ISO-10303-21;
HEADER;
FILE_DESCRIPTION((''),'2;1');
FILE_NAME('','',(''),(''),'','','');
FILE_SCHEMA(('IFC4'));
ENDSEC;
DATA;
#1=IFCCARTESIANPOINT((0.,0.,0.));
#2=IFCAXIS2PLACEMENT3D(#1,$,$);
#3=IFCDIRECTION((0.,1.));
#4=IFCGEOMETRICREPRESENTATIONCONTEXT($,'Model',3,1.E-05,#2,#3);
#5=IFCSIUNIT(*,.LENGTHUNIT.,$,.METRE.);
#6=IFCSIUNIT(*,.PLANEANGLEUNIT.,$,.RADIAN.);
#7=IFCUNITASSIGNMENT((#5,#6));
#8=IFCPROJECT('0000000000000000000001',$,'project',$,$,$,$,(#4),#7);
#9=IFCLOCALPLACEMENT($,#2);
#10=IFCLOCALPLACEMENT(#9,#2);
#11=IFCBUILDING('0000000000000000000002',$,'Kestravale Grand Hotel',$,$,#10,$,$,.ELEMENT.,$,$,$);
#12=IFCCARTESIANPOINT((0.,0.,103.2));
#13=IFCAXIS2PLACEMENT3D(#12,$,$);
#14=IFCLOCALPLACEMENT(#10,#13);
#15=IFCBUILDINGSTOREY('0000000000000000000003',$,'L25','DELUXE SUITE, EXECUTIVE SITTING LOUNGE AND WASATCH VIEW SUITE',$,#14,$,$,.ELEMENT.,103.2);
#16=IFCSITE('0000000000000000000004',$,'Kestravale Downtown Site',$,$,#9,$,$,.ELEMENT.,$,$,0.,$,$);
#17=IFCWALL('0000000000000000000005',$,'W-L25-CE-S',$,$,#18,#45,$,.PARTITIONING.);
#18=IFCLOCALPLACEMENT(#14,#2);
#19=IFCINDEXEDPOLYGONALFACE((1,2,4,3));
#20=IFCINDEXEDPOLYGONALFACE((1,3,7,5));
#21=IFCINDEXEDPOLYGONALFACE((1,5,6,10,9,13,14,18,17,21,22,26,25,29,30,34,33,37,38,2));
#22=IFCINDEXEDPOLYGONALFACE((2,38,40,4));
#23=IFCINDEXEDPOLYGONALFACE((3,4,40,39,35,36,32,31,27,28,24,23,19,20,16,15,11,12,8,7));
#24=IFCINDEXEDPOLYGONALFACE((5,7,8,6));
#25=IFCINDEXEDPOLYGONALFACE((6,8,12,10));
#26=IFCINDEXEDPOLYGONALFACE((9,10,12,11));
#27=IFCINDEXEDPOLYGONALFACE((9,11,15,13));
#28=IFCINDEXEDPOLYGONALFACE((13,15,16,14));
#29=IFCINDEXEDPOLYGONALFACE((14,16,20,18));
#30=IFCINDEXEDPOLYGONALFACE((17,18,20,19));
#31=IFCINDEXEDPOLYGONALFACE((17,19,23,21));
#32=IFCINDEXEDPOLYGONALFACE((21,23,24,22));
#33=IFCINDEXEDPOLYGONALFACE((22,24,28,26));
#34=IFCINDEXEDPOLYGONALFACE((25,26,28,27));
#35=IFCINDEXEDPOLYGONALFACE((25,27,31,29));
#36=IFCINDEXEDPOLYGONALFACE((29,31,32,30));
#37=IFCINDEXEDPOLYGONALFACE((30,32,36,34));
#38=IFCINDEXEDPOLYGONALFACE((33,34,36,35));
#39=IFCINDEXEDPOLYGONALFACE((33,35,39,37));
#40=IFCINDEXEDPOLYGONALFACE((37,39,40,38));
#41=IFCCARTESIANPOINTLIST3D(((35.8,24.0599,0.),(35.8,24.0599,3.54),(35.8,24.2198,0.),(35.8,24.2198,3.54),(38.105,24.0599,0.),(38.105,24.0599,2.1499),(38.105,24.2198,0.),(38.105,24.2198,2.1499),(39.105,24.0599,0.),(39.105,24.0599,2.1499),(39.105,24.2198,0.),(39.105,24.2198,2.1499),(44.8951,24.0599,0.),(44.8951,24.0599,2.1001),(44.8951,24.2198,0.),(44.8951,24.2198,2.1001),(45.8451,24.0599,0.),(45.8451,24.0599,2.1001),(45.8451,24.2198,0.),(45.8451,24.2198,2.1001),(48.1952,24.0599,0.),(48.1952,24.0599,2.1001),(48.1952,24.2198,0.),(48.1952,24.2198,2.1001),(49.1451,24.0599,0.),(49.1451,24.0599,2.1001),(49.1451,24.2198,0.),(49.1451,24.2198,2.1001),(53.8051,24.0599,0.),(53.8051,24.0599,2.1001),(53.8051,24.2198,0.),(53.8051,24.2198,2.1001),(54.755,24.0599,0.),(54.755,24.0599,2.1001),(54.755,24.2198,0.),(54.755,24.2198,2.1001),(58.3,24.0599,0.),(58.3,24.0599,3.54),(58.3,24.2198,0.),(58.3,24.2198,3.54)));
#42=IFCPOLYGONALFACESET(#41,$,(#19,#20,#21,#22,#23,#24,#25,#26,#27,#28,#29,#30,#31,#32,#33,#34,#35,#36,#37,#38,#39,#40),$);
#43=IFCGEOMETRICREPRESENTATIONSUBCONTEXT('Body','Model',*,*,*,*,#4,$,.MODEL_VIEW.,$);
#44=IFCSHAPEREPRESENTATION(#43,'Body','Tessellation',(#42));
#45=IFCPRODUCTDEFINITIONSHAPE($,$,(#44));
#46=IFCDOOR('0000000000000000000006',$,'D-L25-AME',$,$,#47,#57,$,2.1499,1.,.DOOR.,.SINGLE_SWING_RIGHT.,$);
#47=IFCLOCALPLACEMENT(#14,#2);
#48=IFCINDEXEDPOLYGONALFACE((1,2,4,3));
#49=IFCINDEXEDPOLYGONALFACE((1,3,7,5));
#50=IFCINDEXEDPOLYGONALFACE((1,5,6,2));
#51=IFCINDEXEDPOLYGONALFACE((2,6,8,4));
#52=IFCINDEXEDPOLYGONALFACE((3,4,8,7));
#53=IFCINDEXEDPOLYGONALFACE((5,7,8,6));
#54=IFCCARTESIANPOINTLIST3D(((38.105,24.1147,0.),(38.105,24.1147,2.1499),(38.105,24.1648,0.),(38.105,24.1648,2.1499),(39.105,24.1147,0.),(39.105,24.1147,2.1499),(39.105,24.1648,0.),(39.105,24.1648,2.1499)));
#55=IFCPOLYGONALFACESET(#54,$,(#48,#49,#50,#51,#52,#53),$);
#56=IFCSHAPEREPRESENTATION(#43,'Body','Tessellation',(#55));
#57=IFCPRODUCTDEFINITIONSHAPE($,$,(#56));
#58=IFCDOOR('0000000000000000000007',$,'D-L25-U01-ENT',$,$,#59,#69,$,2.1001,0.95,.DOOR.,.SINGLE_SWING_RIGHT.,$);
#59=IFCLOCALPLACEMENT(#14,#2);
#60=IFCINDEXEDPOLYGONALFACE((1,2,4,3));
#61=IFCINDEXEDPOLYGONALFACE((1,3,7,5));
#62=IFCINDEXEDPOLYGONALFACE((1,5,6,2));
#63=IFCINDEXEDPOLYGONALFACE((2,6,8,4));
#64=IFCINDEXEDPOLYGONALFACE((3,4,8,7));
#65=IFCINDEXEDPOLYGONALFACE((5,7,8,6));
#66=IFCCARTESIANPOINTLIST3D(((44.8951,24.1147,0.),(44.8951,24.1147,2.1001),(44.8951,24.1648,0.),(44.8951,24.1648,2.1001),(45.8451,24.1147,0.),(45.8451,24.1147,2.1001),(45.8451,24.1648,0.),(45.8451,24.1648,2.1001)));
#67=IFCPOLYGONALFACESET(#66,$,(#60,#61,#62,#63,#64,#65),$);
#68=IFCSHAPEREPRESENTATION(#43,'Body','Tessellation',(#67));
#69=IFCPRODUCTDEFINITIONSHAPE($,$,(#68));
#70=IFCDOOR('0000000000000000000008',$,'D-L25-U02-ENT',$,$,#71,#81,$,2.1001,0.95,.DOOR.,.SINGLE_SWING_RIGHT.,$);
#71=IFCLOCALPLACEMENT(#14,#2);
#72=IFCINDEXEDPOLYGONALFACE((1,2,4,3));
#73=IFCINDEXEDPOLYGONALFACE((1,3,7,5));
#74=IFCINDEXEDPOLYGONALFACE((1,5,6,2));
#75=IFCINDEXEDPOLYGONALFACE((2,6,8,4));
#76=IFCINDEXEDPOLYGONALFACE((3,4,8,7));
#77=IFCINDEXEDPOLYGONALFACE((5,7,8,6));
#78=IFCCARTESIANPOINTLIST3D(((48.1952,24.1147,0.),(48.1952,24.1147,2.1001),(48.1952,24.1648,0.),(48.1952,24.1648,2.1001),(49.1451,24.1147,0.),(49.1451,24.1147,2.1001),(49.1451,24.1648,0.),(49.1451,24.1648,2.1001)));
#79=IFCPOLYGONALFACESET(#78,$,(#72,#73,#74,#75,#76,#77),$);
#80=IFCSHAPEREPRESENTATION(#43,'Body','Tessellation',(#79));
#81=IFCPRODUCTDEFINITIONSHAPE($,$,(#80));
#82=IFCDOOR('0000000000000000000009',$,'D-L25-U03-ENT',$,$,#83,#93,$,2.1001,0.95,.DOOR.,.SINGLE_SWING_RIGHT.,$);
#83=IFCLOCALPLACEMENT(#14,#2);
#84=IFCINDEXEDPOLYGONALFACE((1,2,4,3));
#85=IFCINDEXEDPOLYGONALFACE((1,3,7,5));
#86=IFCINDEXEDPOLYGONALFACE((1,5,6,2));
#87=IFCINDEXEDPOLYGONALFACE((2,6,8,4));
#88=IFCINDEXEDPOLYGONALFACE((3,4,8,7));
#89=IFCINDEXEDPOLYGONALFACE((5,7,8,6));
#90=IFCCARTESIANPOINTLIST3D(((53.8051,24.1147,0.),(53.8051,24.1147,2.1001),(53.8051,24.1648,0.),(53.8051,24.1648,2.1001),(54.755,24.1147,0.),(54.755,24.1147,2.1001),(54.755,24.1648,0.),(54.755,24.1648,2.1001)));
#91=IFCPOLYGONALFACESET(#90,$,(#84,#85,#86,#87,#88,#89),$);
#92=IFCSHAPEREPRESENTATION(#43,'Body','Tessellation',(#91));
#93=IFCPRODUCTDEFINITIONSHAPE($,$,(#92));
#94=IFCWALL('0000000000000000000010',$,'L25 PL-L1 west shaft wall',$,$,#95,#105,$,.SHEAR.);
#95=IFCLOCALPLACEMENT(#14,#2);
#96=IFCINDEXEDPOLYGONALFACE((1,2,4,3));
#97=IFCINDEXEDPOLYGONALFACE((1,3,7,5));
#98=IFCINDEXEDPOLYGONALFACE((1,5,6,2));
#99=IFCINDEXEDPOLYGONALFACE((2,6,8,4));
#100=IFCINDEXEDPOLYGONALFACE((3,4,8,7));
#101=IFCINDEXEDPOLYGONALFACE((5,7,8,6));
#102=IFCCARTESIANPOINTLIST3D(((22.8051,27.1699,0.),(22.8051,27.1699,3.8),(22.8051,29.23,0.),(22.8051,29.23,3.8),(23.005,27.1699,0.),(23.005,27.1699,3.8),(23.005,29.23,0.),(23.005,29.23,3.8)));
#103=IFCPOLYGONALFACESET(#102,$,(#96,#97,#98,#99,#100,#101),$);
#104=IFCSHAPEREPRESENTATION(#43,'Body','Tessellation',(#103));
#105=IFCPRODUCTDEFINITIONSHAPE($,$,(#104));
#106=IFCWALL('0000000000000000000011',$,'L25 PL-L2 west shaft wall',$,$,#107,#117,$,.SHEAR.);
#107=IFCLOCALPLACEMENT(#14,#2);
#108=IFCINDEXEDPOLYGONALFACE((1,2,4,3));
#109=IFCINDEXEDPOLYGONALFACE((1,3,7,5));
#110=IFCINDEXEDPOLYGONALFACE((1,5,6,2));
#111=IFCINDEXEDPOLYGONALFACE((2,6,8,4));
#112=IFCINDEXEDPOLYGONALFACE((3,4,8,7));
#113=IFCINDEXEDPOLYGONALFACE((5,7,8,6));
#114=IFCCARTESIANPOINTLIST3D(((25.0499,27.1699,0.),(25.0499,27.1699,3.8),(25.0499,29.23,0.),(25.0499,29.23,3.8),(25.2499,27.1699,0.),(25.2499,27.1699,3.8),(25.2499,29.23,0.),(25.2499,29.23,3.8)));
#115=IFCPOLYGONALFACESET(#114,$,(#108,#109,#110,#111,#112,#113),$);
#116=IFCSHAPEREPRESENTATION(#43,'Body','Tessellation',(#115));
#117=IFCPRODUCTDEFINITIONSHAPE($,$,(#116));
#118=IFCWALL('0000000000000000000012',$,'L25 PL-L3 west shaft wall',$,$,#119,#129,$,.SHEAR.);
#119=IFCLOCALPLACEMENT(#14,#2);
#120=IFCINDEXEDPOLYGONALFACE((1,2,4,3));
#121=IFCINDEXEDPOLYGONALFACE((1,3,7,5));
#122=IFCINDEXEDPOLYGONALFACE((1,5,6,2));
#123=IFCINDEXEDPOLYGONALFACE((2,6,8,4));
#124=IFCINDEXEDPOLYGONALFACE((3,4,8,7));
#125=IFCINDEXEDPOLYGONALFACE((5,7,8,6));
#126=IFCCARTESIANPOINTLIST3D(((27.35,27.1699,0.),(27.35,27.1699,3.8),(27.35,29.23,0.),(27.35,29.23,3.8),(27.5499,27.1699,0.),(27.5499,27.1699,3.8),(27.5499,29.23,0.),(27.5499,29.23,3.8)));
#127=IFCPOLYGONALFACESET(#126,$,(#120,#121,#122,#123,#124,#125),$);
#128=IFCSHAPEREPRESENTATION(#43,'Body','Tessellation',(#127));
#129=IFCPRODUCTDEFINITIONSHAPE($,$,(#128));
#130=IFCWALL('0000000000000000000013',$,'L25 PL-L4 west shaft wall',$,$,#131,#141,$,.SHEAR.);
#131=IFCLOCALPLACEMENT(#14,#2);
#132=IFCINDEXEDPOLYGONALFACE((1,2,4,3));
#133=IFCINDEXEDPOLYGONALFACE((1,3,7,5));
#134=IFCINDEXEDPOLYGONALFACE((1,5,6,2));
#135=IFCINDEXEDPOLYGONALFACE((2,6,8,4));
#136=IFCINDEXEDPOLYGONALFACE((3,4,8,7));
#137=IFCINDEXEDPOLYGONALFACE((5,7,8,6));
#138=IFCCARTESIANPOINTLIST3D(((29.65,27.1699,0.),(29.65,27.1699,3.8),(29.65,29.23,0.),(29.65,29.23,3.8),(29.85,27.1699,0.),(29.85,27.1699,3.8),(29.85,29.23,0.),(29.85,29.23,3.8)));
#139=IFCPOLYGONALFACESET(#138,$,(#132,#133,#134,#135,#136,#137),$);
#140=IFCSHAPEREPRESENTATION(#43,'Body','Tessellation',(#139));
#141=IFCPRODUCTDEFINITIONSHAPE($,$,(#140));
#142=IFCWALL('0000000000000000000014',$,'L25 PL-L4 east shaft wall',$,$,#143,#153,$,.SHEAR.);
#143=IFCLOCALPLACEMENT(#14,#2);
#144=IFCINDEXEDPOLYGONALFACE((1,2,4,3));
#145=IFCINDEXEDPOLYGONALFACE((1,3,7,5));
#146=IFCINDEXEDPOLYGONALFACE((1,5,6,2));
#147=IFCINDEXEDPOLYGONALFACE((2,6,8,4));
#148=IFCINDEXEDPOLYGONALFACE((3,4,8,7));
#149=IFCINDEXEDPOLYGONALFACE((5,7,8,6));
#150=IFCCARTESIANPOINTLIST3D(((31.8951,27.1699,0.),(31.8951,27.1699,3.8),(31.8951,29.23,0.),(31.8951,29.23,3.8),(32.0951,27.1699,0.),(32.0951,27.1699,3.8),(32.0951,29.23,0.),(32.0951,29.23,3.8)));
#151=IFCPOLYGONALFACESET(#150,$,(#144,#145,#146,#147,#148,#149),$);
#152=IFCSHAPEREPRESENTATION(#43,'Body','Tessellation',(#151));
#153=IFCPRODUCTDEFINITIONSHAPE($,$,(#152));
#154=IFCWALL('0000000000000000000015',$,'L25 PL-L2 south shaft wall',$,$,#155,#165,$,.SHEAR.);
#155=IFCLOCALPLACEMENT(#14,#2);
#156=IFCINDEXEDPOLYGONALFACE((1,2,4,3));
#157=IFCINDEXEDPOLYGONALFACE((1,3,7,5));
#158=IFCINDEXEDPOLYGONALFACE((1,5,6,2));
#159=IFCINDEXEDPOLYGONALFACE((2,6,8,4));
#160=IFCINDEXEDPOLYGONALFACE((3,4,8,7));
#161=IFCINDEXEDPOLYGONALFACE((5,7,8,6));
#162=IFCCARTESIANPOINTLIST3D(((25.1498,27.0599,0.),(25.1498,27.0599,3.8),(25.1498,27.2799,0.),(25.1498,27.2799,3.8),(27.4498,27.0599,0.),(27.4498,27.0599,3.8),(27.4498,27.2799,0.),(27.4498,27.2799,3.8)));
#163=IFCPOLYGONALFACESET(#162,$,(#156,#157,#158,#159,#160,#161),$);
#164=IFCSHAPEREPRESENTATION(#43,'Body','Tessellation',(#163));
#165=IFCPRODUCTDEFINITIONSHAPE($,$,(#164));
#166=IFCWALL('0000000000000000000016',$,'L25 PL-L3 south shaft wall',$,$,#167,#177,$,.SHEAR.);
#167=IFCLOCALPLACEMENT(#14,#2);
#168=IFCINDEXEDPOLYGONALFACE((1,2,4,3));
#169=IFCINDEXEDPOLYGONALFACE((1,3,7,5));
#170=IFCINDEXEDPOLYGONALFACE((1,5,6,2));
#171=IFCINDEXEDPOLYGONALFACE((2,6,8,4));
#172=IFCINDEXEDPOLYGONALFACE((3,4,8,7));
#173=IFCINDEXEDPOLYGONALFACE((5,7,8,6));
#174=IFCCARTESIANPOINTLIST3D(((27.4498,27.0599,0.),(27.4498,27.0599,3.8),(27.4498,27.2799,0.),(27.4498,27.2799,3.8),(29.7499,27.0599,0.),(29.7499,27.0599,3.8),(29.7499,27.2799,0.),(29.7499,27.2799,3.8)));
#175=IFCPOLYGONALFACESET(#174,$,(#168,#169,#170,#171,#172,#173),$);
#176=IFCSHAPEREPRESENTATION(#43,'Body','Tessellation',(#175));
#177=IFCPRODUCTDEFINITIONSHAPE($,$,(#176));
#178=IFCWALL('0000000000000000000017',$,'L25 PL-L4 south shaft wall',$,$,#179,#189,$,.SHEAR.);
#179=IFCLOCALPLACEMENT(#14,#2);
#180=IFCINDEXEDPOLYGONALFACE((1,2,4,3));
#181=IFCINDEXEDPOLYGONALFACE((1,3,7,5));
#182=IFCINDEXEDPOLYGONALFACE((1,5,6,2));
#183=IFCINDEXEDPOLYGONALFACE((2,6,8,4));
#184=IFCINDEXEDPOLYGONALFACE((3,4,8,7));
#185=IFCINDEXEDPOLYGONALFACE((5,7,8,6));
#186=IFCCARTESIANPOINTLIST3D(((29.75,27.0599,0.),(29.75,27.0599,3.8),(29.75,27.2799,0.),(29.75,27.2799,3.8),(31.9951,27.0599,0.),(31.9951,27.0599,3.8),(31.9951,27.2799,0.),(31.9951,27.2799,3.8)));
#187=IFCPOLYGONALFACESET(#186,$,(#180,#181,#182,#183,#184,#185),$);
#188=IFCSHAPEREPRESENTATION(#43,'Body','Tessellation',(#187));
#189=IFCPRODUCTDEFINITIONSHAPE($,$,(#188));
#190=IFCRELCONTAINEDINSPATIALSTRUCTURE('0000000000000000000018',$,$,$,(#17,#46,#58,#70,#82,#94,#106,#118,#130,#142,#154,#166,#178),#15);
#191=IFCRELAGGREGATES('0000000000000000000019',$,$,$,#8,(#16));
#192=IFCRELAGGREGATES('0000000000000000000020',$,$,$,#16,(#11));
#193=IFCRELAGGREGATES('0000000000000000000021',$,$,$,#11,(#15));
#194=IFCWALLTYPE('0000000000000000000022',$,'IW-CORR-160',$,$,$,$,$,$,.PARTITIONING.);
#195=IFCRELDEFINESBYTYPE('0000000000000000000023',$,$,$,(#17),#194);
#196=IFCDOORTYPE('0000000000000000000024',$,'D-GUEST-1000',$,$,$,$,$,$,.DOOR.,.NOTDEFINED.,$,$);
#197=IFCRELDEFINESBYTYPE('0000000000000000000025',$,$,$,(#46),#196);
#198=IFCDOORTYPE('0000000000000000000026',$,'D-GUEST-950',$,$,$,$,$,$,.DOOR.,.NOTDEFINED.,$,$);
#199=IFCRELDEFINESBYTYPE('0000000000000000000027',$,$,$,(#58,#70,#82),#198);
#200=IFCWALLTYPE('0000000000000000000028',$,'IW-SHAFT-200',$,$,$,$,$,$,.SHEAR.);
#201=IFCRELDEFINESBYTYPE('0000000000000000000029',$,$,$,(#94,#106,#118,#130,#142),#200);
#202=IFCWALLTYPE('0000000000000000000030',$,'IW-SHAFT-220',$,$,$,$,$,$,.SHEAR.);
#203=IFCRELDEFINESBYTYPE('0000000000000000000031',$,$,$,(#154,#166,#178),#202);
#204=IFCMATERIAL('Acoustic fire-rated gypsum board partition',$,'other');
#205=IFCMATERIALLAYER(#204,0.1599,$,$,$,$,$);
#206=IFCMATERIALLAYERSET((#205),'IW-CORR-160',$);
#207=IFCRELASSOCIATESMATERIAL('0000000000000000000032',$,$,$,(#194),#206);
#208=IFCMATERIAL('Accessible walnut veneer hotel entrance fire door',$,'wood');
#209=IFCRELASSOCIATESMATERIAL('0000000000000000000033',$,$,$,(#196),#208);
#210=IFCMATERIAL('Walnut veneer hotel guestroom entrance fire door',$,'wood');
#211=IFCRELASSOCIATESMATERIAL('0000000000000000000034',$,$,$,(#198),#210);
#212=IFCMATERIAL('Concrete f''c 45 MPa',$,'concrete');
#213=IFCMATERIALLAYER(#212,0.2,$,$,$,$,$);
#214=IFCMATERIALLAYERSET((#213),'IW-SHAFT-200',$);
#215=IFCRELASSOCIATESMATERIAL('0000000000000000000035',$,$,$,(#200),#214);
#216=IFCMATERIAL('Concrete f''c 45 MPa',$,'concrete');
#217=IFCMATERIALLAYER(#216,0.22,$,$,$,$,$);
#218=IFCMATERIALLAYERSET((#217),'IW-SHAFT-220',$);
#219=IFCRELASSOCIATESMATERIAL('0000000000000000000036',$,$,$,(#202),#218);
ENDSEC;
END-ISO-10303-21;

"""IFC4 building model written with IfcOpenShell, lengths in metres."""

from ifc_helpers import new_model, si_unit, direction, frame, frame_2d, origin, place, context, subcontext, project, spatial, rectangle, extrude, material, layer, layer_set, type_object, element, fill, save


model = new_model("IFC4")

# Units and contexts
model_context = context("Model", 3, precision=1e-05, world=origin(), true_north=direction((0.0, 1.0)))
body_context = subcontext(model_context, "Body", "Model", "MODEL_VIEW")
ifc_project = project(units=[si_unit("LENGTHUNIT", "METRE"), si_unit("PLANEANGLEUNIT", "RADIAN")], contexts=[model_context])

# Site, building, storey
site_placement = place(None, origin())
site = spatial("IfcSite", under=ifc_project, at=site_placement, Name="Kestravale Downtown Site", CompositionType="ELEMENT", RefElevation=0.0)
building_placement = place(site_placement, origin())
building = spatial("IfcBuilding", under=site, at=building_placement, Name="Kestravale Grand Hotel", CompositionType="ELEMENT")
storey_placement = place(building_placement, frame((0.0, 0.0, 103.2)))
storey = spatial("IfcBuildingStorey", under=building, at=storey_placement, Name="L25", Description="DELUXE SUITE, EXECUTIVE SITTING LOUNGE AND WASATCH VIEW SUITE", CompositionType="ELEMENT", Elevation=103.2)

# Shared definitions
ifc_material_1 = material(Name="Acoustic fire-rated gypsum board partition", Category="other")
ifc_layer_1 = layer(ifc_material_1, 0.1599)
ifc_layer_set_1 = layer_set([ifc_layer_1], Name="IW-CORR-160")
wall_type_1 = type_object("IfcWallType", Name="IW-CORR-160", PredefinedType="PARTITIONING", material=ifc_layer_set_1)

# Wall, openings, doors
wall_1_placement = place(storey_placement, frame((35.8, 24.1399, 0.0), z_axis=(0.0, 0.0, 1.0), x_axis=(1.0, 0.0, 0.0)))
wall_1 = element("IfcWall", 1, at=wall_1_placement, inside=storey, type_object=wall_type_1, Name="W-L25-CE-S", PredefinedType="PARTITIONING", context=body_context, shape_type="SweptSolid", body=[
    extrude(rectangle(XDim=22.5, YDim=0.1599, at=frame_2d((11.25, 0.0))), origin(), (0.0, 0.0, 1.0), 3.54),
])
opening_1_placement = place(wall_1_placement, frame((2.3049, 0.0, 0.0)))
opening_1 = element("IfcOpeningElement", 2, at=opening_1_placement, cuts=wall_1, PredefinedType="OPENING", context=body_context, shape_type="SweptSolid", body=[
    extrude(rectangle(XDim=1.0, YDim=2.1499, at=frame_2d((0.5, 1.075))), frame((0.0, 0.0898, 0.0), z_axis=(0.0, -1.0, 0.0), x_axis=(1.0, 0.0, 0.0)), (0.0, 0.0, 1.0), 0.1799),
])
opening_2_placement = place(wall_1_placement, frame((9.095, 0.0, 0.0)))
opening_2 = element("IfcOpeningElement", 3, at=opening_2_placement, cuts=wall_1, PredefinedType="OPENING", context=body_context, shape_type="SweptSolid", body=[
    extrude(rectangle(XDim=0.95, YDim=2.1001, at=frame_2d((0.4751, 1.05))), frame((0.0, 0.0898, 0.0), z_axis=(0.0, -1.0, 0.0), x_axis=(1.0, 0.0, 0.0)), (0.0, 0.0, 1.0), 0.1799),
])
opening_3_placement = place(wall_1_placement, frame((12.395, 0.0, 0.0)))
opening_3 = element("IfcOpeningElement", 4, at=opening_3_placement, cuts=wall_1, PredefinedType="OPENING", context=body_context, shape_type="SweptSolid", body=[
    extrude(rectangle(XDim=0.95, YDim=2.1001, at=frame_2d((0.4751, 1.05))), frame((0.0, 0.0898, 0.0), z_axis=(0.0, -1.0, 0.0), x_axis=(1.0, 0.0, 0.0)), (0.0, 0.0, 1.0), 0.1799),
])
opening_4_placement = place(wall_1_placement, frame((18.0049, 0.0, 0.0)))
opening_4 = element("IfcOpeningElement", 5, at=opening_4_placement, cuts=wall_1, PredefinedType="OPENING", context=body_context, shape_type="SweptSolid", body=[
    extrude(rectangle(XDim=0.95, YDim=2.1001, at=frame_2d((0.4751, 1.05))), frame((0.0, 0.0898, 0.0), z_axis=(0.0, -1.0, 0.0), x_axis=(1.0, 0.0, 0.0)), (0.0, 0.0, 1.0), 0.1799),
])
ifc_material_2 = material(Name="Accessible walnut veneer hotel entrance fire door", Category="wood")
door_type_1 = type_object("IfcDoorType", Name="D-GUEST-1000", OperationType="NOTDEFINED", PredefinedType="DOOR", material=ifc_material_2)
door_1_placement = place(opening_1_placement, origin())
door_1 = element("IfcDoor", 6, at=door_1_placement, inside=storey, type_object=door_type_1, Name="D-L25-AME", OperationType="SINGLE_SWING_RIGHT", OverallHeight=2.1499, OverallWidth=1.0, PredefinedType="DOOR", context=body_context, shape_type="SweptSolid", body=[
    extrude(rectangle(XDim=1.0, YDim=2.1499, at=frame_2d((0.5, 1.075))), frame((0.0, 0.0249, 0.0), z_axis=(0.0, -1.0, 0.0), x_axis=(1.0, 0.0, 0.0)), (0.0, 0.0, 1.0), 0.05),
])
fill(opening_1, door_1)
ifc_material_3 = material(Name="Walnut veneer hotel guestroom entrance fire door", Category="wood")
door_type_2 = type_object("IfcDoorType", Name="D-GUEST-950", OperationType="NOTDEFINED", PredefinedType="DOOR", material=ifc_material_3)
door_2_placement = place(opening_2_placement, origin())
door_2 = element("IfcDoor", 7, at=door_2_placement, inside=storey, type_object=door_type_2, Name="D-L25-U01-ENT", OperationType="SINGLE_SWING_RIGHT", OverallHeight=2.1001, OverallWidth=0.95, PredefinedType="DOOR", context=body_context, shape_type="SweptSolid", body=[
    extrude(rectangle(XDim=0.95, YDim=2.1001, at=frame_2d((0.4751, 1.05))), frame((0.0, 0.0249, 0.0), z_axis=(0.0, -1.0, 0.0), x_axis=(1.0, 0.0, 0.0)), (0.0, 0.0, 1.0), 0.05),
])
fill(opening_2, door_2)
door_3_placement = place(opening_3_placement, origin())
door_3 = element("IfcDoor", 8, at=door_3_placement, inside=storey, type_object=door_type_2, Name="D-L25-U02-ENT", OperationType="SINGLE_SWING_RIGHT", OverallHeight=2.1001, OverallWidth=0.95, PredefinedType="DOOR", context=body_context, shape_type="SweptSolid", body=[
    extrude(rectangle(XDim=0.95, YDim=2.1001, at=frame_2d((0.4751, 1.05))), frame((0.0, 0.0249, 0.0), z_axis=(0.0, -1.0, 0.0), x_axis=(1.0, 0.0, 0.0)), (0.0, 0.0, 1.0), 0.05),
])
fill(opening_3, door_3)
door_4_placement = place(opening_4_placement, origin())
door_4 = element("IfcDoor", 9, at=door_4_placement, inside=storey, type_object=door_type_2, Name="D-L25-U03-ENT", OperationType="SINGLE_SWING_RIGHT", OverallHeight=2.1001, OverallWidth=0.95, PredefinedType="DOOR", context=body_context, shape_type="SweptSolid", body=[
    extrude(rectangle(XDim=0.95, YDim=2.1001, at=frame_2d((0.4751, 1.05))), frame((0.0, 0.0249, 0.0), z_axis=(0.0, -1.0, 0.0), x_axis=(1.0, 0.0, 0.0)), (0.0, 0.0, 1.0), 0.05),
])
fill(opening_4, door_4)

# Walls
ifc_material_4 = material(Name="Concrete f'c 45 MPa", Category="concrete")
ifc_layer_2 = layer(ifc_material_4, 0.2)
ifc_layer_set_2 = layer_set([ifc_layer_2], Name="IW-SHAFT-200")
wall_type_2 = type_object("IfcWallType", Name="IW-SHAFT-200", PredefinedType="SHEAR", material=ifc_layer_set_2)
for number, where, z_axis, x_axis, name in (
    (10, (22.905, 27.1699, 0.0), (0.0, 0.0, 1.0), (0.0, 1.0, 0.0), "L25 PL-L1 west shaft wall"),
    (11, (25.1499, 27.1699, 0.0), (0.0, 0.0, 1.0), (0.0, 1.0, 0.0), "L25 PL-L2 west shaft wall"),
    (12, (27.45, 27.1699, 0.0), (0.0, 0.0, 1.0), (0.0, 1.0, 0.0), "L25 PL-L3 west shaft wall"),
    (13, (29.75, 27.1699, 0.0), (0.0, 0.0, 1.0), (0.0, 1.0, 0.0), "L25 PL-L4 west shaft wall"),
    (14, (31.9951, 27.1699, 0.0), (0.0, 0.0, 1.0), (0.0, 1.0, 0.0), "L25 PL-L4 east shaft wall"),
):
    element("IfcWall", number, at=place(storey_placement, frame(where, z_axis=z_axis, x_axis=x_axis)), inside=storey, type_object=wall_type_2, Name=name, PredefinedType="SHEAR", context=body_context, shape_type="SweptSolid", body=[
        extrude(rectangle(XDim=2.0601, YDim=0.2, at=frame_2d((1.03, 0.0))), origin(), (0.0, 0.0, 1.0), 3.8),
    ])
ifc_material_5 = material(Name="Concrete f'c 45 MPa", Category="concrete")
ifc_layer_3 = layer(ifc_material_5, 0.22)
ifc_layer_set_3 = layer_set([ifc_layer_3], Name="IW-SHAFT-220")
wall_type_3 = type_object("IfcWallType", Name="IW-SHAFT-220", PredefinedType="SHEAR", material=ifc_layer_set_3)
for number, where, z_axis, x_axis, name in (
    (15, (25.1499, 27.1699, 0.0), (0.0, 0.0, 1.0), (1.0, 0.0, 0.0), "L25 PL-L2 south shaft wall"),
    (16, (27.45, 27.1699, 0.0), (0.0, 0.0, 1.0), (1.0, 0.0, 0.0), "L25 PL-L3 south shaft wall"),
):
    element("IfcWall", number, at=place(storey_placement, frame(where, z_axis=z_axis, x_axis=x_axis)), inside=storey, type_object=wall_type_3, Name=name, PredefinedType="SHEAR", context=body_context, shape_type="SweptSolid", body=[
        extrude(rectangle(XDim=2.3, YDim=0.22, at=frame_2d((1.1499, 0.0))), origin(), (0.0, 0.0, 1.0), 3.8),
    ])
wall_2_placement = place(storey_placement, frame((29.75, 27.1699, 0.0), z_axis=(0.0, 0.0, 1.0), x_axis=(1.0, 0.0, 0.0)))
element("IfcWall", 17, at=wall_2_placement, inside=storey, type_object=wall_type_3, Name="L25 PL-L4 south shaft wall", PredefinedType="SHEAR", context=body_context, shape_type="SweptSolid", body=[
    extrude(rectangle(XDim=2.2451, YDim=0.22, at=frame_2d((1.1226, 0.0))), origin(), (0.0, 0.0, 1.0), 3.8),
])

save(model, "model.ifc")
